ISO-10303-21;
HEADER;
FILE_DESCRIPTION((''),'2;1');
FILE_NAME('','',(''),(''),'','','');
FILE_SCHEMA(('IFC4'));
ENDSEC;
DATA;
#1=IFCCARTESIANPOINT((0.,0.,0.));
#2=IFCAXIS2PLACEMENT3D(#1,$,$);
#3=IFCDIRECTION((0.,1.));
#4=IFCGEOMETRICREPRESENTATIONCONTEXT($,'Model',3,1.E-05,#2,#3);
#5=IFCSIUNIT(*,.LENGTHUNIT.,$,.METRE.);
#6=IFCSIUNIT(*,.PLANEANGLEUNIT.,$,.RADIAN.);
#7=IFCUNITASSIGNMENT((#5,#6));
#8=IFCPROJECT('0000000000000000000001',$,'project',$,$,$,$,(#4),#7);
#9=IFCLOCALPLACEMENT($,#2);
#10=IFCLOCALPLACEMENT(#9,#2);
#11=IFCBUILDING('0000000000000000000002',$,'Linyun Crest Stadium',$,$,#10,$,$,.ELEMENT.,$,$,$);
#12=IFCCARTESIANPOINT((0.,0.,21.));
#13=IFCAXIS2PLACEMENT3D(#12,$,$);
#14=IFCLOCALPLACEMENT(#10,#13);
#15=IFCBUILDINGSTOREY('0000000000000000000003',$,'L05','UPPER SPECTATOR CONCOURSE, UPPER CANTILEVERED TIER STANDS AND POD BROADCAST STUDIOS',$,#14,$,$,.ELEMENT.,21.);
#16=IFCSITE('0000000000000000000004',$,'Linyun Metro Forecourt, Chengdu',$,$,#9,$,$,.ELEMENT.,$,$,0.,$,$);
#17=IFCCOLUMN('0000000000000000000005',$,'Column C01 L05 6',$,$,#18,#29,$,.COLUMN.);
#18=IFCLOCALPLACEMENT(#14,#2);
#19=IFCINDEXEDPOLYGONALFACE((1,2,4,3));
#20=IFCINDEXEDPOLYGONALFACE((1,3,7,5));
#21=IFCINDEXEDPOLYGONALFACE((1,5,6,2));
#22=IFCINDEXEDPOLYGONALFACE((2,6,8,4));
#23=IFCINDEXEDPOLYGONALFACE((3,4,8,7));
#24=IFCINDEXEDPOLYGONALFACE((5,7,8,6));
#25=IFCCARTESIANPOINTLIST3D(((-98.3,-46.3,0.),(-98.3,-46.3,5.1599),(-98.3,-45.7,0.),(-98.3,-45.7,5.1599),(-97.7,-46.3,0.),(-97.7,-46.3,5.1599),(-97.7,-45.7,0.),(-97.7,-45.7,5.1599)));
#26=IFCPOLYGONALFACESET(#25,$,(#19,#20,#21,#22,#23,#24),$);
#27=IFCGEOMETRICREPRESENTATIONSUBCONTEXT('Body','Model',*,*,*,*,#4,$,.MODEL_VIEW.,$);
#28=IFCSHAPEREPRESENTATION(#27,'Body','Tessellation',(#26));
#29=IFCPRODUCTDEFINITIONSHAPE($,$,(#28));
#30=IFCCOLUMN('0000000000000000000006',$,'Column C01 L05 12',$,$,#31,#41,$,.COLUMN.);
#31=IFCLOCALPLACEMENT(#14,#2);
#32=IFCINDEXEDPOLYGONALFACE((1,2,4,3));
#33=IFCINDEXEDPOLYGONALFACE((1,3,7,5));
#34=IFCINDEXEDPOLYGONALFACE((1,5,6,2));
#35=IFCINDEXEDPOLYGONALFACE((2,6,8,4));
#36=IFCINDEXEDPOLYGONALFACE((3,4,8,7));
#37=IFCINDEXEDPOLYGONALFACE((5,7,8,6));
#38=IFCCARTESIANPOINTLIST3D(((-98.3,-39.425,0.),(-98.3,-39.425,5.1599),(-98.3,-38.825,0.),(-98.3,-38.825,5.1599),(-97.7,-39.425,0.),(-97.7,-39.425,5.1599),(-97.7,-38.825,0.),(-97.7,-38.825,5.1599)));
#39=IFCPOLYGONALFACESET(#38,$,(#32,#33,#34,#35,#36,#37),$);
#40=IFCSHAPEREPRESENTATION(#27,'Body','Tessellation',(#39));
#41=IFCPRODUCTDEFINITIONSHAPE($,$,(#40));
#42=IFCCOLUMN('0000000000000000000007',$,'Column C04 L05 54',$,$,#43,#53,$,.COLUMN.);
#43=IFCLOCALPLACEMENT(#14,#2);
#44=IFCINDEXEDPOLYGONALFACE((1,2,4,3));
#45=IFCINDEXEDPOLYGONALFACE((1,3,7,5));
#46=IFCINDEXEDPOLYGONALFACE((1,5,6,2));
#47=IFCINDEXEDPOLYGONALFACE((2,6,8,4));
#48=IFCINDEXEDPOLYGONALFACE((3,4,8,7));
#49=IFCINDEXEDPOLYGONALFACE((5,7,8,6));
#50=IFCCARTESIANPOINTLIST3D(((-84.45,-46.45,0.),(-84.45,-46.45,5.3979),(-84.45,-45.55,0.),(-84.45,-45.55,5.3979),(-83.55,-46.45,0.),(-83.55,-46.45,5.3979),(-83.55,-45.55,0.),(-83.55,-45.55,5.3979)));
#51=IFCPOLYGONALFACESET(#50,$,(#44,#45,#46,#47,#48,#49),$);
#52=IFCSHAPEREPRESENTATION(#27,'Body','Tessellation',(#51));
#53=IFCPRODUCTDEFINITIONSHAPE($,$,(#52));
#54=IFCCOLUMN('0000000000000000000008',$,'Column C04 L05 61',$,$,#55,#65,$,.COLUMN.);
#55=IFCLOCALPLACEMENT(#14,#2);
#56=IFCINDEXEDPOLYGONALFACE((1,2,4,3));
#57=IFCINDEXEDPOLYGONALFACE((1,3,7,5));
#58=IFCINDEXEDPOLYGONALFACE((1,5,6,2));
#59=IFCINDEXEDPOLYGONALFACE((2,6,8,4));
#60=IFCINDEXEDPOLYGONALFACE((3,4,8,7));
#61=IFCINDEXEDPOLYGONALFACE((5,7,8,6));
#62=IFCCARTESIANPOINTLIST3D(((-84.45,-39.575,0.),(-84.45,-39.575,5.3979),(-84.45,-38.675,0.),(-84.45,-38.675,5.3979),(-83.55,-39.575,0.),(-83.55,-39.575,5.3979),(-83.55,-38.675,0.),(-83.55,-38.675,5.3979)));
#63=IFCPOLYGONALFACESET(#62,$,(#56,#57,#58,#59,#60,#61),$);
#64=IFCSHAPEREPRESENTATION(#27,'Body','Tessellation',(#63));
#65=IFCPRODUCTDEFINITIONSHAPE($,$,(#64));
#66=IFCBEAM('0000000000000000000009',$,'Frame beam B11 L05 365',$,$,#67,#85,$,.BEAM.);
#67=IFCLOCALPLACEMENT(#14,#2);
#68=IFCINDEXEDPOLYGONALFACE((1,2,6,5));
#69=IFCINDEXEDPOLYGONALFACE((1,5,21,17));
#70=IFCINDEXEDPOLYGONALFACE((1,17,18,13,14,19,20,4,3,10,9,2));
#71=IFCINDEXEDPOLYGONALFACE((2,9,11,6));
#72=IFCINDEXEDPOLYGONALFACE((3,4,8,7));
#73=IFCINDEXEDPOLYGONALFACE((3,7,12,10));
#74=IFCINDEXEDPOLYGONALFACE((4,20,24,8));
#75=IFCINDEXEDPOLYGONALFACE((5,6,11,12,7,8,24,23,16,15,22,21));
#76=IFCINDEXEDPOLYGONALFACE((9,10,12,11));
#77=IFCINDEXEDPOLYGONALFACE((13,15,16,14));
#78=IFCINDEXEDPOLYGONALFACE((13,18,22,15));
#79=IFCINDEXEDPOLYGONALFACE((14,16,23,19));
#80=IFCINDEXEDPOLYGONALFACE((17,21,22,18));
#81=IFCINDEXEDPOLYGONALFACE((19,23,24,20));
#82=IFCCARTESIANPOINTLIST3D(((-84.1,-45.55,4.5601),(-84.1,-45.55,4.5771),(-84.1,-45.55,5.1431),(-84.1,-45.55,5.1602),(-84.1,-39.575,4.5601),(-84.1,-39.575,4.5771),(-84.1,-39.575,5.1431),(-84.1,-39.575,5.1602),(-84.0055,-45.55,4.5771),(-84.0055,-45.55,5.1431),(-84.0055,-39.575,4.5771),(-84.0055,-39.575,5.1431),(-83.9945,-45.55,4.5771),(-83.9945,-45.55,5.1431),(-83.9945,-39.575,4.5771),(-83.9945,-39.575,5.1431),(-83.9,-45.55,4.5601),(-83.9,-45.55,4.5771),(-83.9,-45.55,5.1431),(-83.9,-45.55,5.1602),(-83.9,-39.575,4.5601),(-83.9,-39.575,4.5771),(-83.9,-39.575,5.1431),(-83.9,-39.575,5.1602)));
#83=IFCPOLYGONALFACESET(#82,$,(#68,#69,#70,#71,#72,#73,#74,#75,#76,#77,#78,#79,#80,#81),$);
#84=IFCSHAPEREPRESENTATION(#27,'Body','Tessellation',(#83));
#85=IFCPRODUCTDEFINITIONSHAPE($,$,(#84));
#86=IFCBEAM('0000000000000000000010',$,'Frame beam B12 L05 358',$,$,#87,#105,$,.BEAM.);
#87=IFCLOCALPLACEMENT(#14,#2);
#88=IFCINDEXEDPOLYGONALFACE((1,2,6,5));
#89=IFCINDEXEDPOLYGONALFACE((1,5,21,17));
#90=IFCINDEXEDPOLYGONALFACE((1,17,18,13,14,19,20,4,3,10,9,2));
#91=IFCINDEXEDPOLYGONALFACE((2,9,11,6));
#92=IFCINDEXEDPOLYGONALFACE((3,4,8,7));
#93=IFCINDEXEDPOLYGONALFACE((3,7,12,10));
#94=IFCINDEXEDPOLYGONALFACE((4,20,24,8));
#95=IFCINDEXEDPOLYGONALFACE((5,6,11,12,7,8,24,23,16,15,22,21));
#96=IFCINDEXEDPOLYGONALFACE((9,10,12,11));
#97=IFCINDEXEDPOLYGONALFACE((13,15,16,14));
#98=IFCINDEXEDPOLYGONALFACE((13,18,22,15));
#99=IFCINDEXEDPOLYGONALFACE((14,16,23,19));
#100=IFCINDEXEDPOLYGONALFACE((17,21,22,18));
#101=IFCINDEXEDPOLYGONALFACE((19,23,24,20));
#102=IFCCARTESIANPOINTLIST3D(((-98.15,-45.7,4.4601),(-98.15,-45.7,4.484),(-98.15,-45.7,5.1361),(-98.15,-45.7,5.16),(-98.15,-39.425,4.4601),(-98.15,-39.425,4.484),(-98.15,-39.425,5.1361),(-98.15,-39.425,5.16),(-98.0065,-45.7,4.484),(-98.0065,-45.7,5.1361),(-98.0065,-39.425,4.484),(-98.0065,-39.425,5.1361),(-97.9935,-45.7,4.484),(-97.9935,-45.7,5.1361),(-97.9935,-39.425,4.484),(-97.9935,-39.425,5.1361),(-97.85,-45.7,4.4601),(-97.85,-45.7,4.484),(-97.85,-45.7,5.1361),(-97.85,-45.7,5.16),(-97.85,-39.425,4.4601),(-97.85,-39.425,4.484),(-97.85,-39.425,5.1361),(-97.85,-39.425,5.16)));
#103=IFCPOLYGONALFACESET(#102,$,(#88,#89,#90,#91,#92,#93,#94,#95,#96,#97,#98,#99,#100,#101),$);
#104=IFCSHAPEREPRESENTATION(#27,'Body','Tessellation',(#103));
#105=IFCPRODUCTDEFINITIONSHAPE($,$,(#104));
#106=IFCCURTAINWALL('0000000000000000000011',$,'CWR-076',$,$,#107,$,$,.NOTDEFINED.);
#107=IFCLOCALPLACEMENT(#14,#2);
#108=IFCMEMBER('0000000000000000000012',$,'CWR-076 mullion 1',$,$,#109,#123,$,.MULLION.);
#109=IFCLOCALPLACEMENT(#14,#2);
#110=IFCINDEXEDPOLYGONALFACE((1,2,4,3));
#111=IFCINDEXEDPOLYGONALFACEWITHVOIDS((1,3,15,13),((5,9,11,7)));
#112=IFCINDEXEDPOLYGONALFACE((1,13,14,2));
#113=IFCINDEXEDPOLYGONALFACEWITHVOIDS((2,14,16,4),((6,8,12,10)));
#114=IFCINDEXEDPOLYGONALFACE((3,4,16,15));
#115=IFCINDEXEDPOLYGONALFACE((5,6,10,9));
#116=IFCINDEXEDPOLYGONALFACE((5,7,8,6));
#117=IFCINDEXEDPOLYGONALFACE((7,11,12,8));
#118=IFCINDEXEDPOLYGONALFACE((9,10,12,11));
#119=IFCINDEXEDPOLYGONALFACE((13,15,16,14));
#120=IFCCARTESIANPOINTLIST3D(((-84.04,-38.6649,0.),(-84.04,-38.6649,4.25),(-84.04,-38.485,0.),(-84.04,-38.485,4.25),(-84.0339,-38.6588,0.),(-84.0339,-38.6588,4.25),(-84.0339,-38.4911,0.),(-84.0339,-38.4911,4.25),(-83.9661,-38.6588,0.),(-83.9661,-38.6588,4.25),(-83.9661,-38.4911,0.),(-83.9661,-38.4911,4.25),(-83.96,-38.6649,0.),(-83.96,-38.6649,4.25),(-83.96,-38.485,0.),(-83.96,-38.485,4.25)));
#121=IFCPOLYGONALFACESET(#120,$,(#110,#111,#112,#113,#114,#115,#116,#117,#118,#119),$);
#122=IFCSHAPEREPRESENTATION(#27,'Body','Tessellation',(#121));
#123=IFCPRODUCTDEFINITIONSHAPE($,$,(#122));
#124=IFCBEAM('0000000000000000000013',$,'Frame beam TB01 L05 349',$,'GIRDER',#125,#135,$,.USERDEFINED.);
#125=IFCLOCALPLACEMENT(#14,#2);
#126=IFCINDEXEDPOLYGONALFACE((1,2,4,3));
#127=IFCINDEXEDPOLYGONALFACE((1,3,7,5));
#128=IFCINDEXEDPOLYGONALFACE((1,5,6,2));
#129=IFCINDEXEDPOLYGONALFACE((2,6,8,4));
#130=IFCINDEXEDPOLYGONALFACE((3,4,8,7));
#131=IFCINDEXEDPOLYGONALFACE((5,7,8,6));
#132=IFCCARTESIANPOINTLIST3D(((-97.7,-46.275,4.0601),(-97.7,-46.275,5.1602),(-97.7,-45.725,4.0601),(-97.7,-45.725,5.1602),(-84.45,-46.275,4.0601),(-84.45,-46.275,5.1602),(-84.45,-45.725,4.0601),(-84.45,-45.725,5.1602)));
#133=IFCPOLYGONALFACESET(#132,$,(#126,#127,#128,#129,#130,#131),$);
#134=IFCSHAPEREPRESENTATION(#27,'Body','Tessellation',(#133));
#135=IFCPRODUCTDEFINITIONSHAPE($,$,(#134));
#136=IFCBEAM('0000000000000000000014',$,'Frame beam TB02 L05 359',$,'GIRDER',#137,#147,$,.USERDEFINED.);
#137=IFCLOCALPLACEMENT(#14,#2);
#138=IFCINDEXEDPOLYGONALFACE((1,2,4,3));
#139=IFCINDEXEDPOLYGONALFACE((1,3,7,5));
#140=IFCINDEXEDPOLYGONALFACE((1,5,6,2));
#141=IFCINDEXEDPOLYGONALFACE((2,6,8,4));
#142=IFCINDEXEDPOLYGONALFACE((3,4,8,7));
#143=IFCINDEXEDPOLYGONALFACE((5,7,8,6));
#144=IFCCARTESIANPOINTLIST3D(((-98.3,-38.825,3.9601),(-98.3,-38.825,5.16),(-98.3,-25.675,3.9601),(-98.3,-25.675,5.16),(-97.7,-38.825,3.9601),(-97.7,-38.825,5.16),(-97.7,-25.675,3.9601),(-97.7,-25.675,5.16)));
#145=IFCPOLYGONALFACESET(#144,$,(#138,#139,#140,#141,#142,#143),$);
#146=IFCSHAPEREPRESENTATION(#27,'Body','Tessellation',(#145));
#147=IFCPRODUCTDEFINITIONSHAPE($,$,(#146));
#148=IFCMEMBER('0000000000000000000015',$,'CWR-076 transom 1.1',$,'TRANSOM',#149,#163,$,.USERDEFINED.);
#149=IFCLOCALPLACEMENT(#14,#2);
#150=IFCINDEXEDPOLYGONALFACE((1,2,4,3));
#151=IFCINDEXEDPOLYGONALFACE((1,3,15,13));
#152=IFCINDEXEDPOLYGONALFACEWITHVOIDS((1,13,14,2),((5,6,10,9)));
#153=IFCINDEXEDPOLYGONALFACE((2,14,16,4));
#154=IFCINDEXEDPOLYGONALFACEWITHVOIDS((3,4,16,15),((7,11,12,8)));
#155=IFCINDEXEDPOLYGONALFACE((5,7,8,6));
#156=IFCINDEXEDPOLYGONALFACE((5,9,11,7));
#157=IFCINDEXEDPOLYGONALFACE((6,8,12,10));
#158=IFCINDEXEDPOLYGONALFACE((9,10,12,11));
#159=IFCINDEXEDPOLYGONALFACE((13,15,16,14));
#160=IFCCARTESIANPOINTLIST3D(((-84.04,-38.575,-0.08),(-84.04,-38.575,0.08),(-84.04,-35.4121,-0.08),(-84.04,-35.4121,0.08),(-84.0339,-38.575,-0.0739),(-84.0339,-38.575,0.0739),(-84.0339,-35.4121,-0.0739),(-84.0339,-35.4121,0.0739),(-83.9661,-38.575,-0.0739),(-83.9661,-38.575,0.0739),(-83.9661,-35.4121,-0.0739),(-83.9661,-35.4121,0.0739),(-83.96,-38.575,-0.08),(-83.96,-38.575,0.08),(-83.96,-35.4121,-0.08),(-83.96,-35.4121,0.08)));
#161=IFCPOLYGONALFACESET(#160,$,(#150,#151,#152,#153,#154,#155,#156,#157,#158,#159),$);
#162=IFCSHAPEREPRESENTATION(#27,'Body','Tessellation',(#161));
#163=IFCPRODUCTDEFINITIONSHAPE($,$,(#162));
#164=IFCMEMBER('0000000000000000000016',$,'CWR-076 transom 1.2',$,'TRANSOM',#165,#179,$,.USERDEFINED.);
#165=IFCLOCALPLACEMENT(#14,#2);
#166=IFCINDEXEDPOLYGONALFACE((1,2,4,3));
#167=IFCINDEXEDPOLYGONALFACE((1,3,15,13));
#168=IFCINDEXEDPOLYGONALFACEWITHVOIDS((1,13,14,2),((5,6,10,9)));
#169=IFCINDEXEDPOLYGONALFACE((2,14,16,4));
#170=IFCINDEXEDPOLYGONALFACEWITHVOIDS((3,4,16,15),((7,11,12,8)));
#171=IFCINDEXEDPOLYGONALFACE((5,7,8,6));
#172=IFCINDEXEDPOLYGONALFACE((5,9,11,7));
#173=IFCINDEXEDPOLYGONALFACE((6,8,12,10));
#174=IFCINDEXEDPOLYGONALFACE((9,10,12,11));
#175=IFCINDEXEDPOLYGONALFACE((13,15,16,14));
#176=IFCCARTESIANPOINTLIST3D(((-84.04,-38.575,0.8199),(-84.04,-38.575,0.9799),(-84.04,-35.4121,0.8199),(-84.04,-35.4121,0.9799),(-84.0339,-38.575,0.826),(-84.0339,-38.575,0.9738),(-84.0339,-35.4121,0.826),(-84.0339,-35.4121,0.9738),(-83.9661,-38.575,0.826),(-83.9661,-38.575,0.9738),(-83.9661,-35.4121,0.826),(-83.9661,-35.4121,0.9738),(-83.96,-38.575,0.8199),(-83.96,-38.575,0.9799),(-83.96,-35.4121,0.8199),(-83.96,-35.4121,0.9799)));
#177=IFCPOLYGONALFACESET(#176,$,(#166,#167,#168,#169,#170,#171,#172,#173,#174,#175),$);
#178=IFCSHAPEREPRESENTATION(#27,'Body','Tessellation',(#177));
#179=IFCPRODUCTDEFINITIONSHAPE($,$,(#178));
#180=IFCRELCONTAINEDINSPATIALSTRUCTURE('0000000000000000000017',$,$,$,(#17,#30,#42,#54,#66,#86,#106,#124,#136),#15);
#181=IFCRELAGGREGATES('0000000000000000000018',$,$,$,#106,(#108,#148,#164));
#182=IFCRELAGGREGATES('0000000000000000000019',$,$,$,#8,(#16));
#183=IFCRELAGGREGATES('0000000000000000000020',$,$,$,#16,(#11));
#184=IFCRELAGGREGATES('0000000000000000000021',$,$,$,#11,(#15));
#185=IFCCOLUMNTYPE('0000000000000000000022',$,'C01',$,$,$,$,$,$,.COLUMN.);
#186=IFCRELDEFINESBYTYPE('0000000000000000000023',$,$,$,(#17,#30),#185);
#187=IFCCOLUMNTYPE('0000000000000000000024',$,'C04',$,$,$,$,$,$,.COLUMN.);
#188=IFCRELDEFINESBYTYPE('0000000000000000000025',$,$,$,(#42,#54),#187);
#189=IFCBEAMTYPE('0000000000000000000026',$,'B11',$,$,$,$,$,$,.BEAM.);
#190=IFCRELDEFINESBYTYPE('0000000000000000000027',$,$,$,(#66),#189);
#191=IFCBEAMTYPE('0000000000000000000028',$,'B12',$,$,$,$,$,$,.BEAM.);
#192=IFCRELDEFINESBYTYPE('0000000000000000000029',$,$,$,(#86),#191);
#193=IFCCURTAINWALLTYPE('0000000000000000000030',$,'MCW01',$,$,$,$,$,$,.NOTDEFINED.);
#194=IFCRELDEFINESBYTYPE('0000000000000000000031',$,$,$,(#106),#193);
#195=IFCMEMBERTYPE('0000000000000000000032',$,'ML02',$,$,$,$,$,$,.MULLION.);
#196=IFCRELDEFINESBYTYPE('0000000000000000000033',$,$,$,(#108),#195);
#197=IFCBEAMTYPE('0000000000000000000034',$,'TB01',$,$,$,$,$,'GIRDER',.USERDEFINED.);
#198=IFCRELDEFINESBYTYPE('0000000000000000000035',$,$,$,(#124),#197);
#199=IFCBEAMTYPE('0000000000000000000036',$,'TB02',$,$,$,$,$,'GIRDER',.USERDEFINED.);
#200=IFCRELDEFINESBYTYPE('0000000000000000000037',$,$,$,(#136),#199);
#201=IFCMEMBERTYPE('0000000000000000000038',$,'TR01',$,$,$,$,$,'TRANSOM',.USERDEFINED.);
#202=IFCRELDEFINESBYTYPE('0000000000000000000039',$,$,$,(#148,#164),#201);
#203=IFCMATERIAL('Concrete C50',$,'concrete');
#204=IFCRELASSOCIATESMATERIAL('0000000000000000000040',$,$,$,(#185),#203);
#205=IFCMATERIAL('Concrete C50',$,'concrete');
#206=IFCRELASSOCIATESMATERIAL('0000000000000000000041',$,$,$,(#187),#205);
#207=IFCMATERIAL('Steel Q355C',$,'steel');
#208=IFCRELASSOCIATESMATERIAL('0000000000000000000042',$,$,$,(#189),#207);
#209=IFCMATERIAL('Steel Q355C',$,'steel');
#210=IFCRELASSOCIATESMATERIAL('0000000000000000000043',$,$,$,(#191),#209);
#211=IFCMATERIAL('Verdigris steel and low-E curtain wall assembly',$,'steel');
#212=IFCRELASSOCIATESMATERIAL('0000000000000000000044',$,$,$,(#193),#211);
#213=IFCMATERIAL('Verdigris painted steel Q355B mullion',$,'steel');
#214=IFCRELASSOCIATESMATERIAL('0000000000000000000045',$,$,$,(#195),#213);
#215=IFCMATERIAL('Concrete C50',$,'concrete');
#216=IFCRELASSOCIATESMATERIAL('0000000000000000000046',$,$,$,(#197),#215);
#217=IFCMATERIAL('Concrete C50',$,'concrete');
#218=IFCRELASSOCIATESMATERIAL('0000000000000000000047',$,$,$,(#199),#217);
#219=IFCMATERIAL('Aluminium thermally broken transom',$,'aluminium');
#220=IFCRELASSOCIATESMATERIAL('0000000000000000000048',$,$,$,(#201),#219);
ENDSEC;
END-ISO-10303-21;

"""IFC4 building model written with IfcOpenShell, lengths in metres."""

from ifc_helpers import new_model, si_unit, direction, frame, origin, origin_2d, place, context, subcontext, project, spatial, rectangle, hollow_rectangle, i_section, extrude, material, material_profile, profile_set, type_object, element, aggregate, save


model = new_model("IFC4")

# Units and contexts
model_context = context("Model", 3, precision=1e-05, world=origin(), true_north=direction((0.0, 1.0)))
body_context = subcontext(model_context, "Body", "Model", "MODEL_VIEW")
ifc_project = project(units=[si_unit("LENGTHUNIT", "METRE"), si_unit("PLANEANGLEUNIT", "RADIAN")], contexts=[model_context])

# Site, building, storey
site_placement = place(None, origin())
site = spatial("IfcSite", under=ifc_project, at=site_placement, Name="Linyun Metro Forecourt, Chengdu", CompositionType="ELEMENT", RefElevation=0.0)
building_placement = place(site_placement, origin())
building = spatial("IfcBuilding", under=site, at=building_placement, Name="Linyun Crest Stadium", CompositionType="ELEMENT")
storey_placement = place(building_placement, frame((0.0, 0.0, 21.0)))
storey = spatial("IfcBuildingStorey", under=building, at=storey_placement, Name="L05", Description="UPPER SPECTATOR CONCOURSE, UPPER CANTILEVERED TIER STANDS AND POD BROADCAST STUDIOS", CompositionType="ELEMENT", Elevation=21.0)

# Columns
ifc_material_1 = material(Name="Concrete C50", Category="concrete")
ifc_material_profile_1 = material_profile(ifc_material_1, rectangle(XDim=0.6001, YDim=0.6001, at=origin_2d()), Name="RC 600x600")
ifc_profile_set_1 = profile_set([ifc_material_profile_1], Name="Concrete C50")
column_type_1 = type_object("IfcColumnType", Name="C01", PredefinedType="COLUMN", material=ifc_profile_set_1)
for number, where, z_axis, x_axis, name in (
    (1, (-98.0, -46.0, 0.0), (0.0, 0.0, 1.0), (1.0, 0.0, 0.0), "Column C01 L05 6"),
    (2, (-98.0, -39.125, 0.0), (0.0, 0.0, 1.0), (1.0, 0.0, 0.0), "Column C01 L05 12"),
):
    element("IfcColumn", number, at=place(storey_placement, frame(where, z_axis=z_axis, x_axis=x_axis)), inside=storey, type_object=column_type_1, Name=name, PredefinedType="COLUMN", context=body_context, shape_type="SweptSolid", body=[
        extrude(rectangle(XDim=0.6001, YDim=0.6001, at=origin_2d()), origin(), (0.0, 0.0, 1.0), 5.1599),
    ])
ifc_material_2 = material(Name="Concrete C50", Category="concrete")
ifc_material_profile_2 = material_profile(ifc_material_2, rectangle(XDim=0.8999, YDim=0.8999, at=origin_2d()), Name="RC 900x900")
ifc_profile_set_2 = profile_set([ifc_material_profile_2], Name="Concrete C50")
column_type_2 = type_object("IfcColumnType", Name="C04", PredefinedType="COLUMN", material=ifc_profile_set_2)
for number, where, z_axis, x_axis, name in (
    (3, (-84.0, -46.0, 0.0), (0.0, 0.0, 1.0), (1.0, 0.0, 0.0), "Column C04 L05 54"),
    (4, (-84.0, -39.125, 0.0), (0.0, 0.0, 1.0), (1.0, 0.0, 0.0), "Column C04 L05 61"),
):
    element("IfcColumn", number, at=place(storey_placement, frame(where, z_axis=z_axis, x_axis=x_axis)), inside=storey, type_object=column_type_2, Name=name, PredefinedType="COLUMN", context=body_context, shape_type="SweptSolid", body=[
        extrude(rectangle(XDim=0.8999, YDim=0.8999, at=origin_2d()), origin(), (0.0, 0.0, 1.0), 5.3979),
    ])

# Beams
ifc_material_3 = material(Name="Steel Q355C", Category="steel")
ifc_material_profile_3 = material_profile(ifc_material_3, i_section(OverallWidth=0.2, OverallDepth=0.6001, WebThickness=0.011, FlangeThickness=0.0171, at=origin_2d()), Name="HN 600x200")
ifc_profile_set_3 = profile_set([ifc_material_profile_3], Name="Steel Q355C")
beam_type_1 = type_object("IfcBeamType", Name="B11", PredefinedType="BEAM", material=ifc_profile_set_3)
beam_1_placement = place(storey_placement, frame((-84.0, -45.55, 4.8601), z_axis=(0.0, 1.0, 0.0), x_axis=(-1.0, 0.0, 0.0)))
element("IfcBeam", 5, at=beam_1_placement, inside=storey, type_object=beam_type_1, Name="Frame beam B11 L05 365", PredefinedType="BEAM", context=body_context, shape_type="SweptSolid", body=[
    extrude(i_section(OverallWidth=0.2, OverallDepth=0.6001, WebThickness=0.011, FlangeThickness=0.0171, at=origin_2d()), origin(), (0.0, 0.0, 1.0), 5.9751),
])
ifc_material_4 = material(Name="Steel Q355C", Category="steel")
ifc_material_profile_4 = material_profile(ifc_material_4, i_section(OverallWidth=0.3, OverallDepth=0.7, WebThickness=0.0129, FlangeThickness=0.0239, at=origin_2d()), Name="HN 700x300")
ifc_profile_set_4 = profile_set([ifc_material_profile_4], Name="Steel Q355C")
beam_type_2 = type_object("IfcBeamType", Name="B12", PredefinedType="BEAM", material=ifc_profile_set_4)
beam_2_placement = place(storey_placement, frame((-98.0, -45.7, 4.8101), z_axis=(0.0, 1.0, 0.0), x_axis=(-1.0, 0.0, 0.0)))
element("IfcBeam", 6, at=beam_2_placement, inside=storey, type_object=beam_type_2, Name="Frame beam B12 L05 358", PredefinedType="BEAM", context=body_context, shape_type="SweptSolid", body=[
    extrude(i_section(OverallWidth=0.3, OverallDepth=0.7, WebThickness=0.0129, FlangeThickness=0.0239, at=origin_2d()), origin(), (0.0, 0.0, 1.0), 6.2749),
])

# Curtain wall, member
ifc_material_5 = material(Name="Verdigris steel and low-E curtain wall assembly", Category="steel")
curtain_wall_type = type_object("IfcCurtainWallType", Name="MCW01", PredefinedType="NOTDEFINED", material=ifc_material_5)
curtain_wall_placement = place(storey_placement, origin())
curtain_wall = element("IfcCurtainWall", 7, at=curtain_wall_placement, inside=storey, type_object=curtain_wall_type, Name="CWR-076", PredefinedType="NOTDEFINED")
ifc_material_6 = material(Name="Verdigris painted steel Q355B mullion", Category="steel")
ifc_material_profile_5 = material_profile(ifc_material_6, hollow_rectangle(XDim=0.0801, YDim=0.1799, WallThickness=0.0061, at=origin_2d()), Name="RHS 180x80x6")
ifc_profile_set_5 = profile_set([ifc_material_profile_5], Name="Verdigris painted steel Q355B mullion")
member_type_1 = type_object("IfcMemberType", Name="ML02", PredefinedType="MULLION", material=ifc_profile_set_5)
member_1_placement = place(storey_placement, frame((-84.0, -38.575, 0.0), z_axis=(0.0, 0.0, 1.0), x_axis=(-1.0, 0.0, 0.0)))
member_1 = element("IfcMember", 8, at=member_1_placement, type_object=member_type_1, Name="CWR-076 mullion 1", PredefinedType="MULLION", context=body_context, shape_type="SweptSolid", body=[
    extrude(hollow_rectangle(XDim=0.0801, YDim=0.1799, WallThickness=0.0061, at=origin_2d()), origin(), (0.0, 0.0, 1.0), 4.25),
])

# Beams
ifc_material_7 = material(Name="Concrete C50", Category="concrete")
ifc_material_profile_6 = material_profile(ifc_material_7, rectangle(XDim=0.55, YDim=1.1001, at=origin_2d()), Name="RCB 1100x550")
ifc_profile_set_6 = profile_set([ifc_material_profile_6], Name="Concrete C50")
beam_type_3 = type_object("IfcBeamType", Name="TB01", ElementType="GIRDER", PredefinedType="USERDEFINED", material=ifc_profile_set_6)
beam_3_placement = place(storey_placement, frame((-97.7, -46.0, 4.6101), z_axis=(1.0, 0.0, 0.0), x_axis=(0.0, 1.0, 0.0)))
element("IfcBeam", 9, at=beam_3_placement, inside=storey, type_object=beam_type_3, Name="Frame beam TB01 L05 349", ObjectType="GIRDER", PredefinedType="USERDEFINED", context=body_context, shape_type="SweptSolid", body=[
    extrude(rectangle(XDim=0.55, YDim=1.1001, at=origin_2d()), origin(), (0.0, 0.0, 1.0), 13.25),
])
ifc_material_8 = material(Name="Concrete C50", Category="concrete")
ifc_material_profile_7 = material_profile(ifc_material_8, rectangle(XDim=0.6001, YDim=1.2, at=origin_2d()), Name="RCB 1200x600")
ifc_profile_set_7 = profile_set([ifc_material_profile_7], Name="Concrete C50")
beam_type_4 = type_object("IfcBeamType", Name="TB02", ElementType="GIRDER", PredefinedType="USERDEFINED", material=ifc_profile_set_7)
beam_4_placement = place(storey_placement, frame((-98.0, -38.825, 4.5601), z_axis=(0.0, 1.0, 0.0), x_axis=(-1.0, 0.0, 0.0)))
element("IfcBeam", 10, at=beam_4_placement, inside=storey, type_object=beam_type_4, Name="Frame beam TB02 L05 359", ObjectType="GIRDER", PredefinedType="USERDEFINED", context=body_context, shape_type="SweptSolid", body=[
    extrude(rectangle(XDim=0.6001, YDim=1.2, at=origin_2d()), origin(), (0.0, 0.0, 1.0), 13.1499),
])

# Members
ifc_material_9 = material(Name="Aluminium thermally broken transom", Category="aluminium")
ifc_material_profile_8 = material_profile(ifc_material_9, hollow_rectangle(XDim=0.0801, YDim=0.1599, WallThickness=0.0061, at=origin_2d()), Name="RHS 160x80x6")
ifc_profile_set_8 = profile_set([ifc_material_profile_8], Name="Aluminium thermally broken transom")
member_type_2 = type_object("IfcMemberType", Name="TR01", ElementType="TRANSOM", PredefinedType="USERDEFINED", material=ifc_profile_set_8)
member_2_placement = place(storey_placement, frame((-84.0, -38.575, 0.0), z_axis=(0.0, 1.0, 0.0), x_axis=(-1.0, 0.0, 0.0)))
member_2 = element("IfcMember", 11, at=member_2_placement, type_object=member_type_2, Name="CWR-076 transom 1.1", ObjectType="TRANSOM", PredefinedType="USERDEFINED", context=body_context, shape_type="SweptSolid", body=[
    extrude(hollow_rectangle(XDim=0.0801, YDim=0.1599, WallThickness=0.0061, at=origin_2d()), origin(), (0.0, 0.0, 1.0), 3.1628),
])
member_3_placement = place(storey_placement, frame((-84.0, -38.575, 0.8999), z_axis=(0.0, 1.0, 0.0), x_axis=(-1.0, 0.0, 0.0)))
member_3 = element("IfcMember", 12, at=member_3_placement, type_object=member_type_2, Name="CWR-076 transom 1.2", ObjectType="TRANSOM", PredefinedType="USERDEFINED", context=body_context, shape_type="SweptSolid", body=[
    extrude(hollow_rectangle(XDim=0.0801, YDim=0.1599, WallThickness=0.0061, at=origin_2d()), origin(), (0.0, 0.0, 1.0), 3.1628),
])

aggregate(curtain_wall, [member_1, member_2, member_3])

save(model, "model.ifc")
